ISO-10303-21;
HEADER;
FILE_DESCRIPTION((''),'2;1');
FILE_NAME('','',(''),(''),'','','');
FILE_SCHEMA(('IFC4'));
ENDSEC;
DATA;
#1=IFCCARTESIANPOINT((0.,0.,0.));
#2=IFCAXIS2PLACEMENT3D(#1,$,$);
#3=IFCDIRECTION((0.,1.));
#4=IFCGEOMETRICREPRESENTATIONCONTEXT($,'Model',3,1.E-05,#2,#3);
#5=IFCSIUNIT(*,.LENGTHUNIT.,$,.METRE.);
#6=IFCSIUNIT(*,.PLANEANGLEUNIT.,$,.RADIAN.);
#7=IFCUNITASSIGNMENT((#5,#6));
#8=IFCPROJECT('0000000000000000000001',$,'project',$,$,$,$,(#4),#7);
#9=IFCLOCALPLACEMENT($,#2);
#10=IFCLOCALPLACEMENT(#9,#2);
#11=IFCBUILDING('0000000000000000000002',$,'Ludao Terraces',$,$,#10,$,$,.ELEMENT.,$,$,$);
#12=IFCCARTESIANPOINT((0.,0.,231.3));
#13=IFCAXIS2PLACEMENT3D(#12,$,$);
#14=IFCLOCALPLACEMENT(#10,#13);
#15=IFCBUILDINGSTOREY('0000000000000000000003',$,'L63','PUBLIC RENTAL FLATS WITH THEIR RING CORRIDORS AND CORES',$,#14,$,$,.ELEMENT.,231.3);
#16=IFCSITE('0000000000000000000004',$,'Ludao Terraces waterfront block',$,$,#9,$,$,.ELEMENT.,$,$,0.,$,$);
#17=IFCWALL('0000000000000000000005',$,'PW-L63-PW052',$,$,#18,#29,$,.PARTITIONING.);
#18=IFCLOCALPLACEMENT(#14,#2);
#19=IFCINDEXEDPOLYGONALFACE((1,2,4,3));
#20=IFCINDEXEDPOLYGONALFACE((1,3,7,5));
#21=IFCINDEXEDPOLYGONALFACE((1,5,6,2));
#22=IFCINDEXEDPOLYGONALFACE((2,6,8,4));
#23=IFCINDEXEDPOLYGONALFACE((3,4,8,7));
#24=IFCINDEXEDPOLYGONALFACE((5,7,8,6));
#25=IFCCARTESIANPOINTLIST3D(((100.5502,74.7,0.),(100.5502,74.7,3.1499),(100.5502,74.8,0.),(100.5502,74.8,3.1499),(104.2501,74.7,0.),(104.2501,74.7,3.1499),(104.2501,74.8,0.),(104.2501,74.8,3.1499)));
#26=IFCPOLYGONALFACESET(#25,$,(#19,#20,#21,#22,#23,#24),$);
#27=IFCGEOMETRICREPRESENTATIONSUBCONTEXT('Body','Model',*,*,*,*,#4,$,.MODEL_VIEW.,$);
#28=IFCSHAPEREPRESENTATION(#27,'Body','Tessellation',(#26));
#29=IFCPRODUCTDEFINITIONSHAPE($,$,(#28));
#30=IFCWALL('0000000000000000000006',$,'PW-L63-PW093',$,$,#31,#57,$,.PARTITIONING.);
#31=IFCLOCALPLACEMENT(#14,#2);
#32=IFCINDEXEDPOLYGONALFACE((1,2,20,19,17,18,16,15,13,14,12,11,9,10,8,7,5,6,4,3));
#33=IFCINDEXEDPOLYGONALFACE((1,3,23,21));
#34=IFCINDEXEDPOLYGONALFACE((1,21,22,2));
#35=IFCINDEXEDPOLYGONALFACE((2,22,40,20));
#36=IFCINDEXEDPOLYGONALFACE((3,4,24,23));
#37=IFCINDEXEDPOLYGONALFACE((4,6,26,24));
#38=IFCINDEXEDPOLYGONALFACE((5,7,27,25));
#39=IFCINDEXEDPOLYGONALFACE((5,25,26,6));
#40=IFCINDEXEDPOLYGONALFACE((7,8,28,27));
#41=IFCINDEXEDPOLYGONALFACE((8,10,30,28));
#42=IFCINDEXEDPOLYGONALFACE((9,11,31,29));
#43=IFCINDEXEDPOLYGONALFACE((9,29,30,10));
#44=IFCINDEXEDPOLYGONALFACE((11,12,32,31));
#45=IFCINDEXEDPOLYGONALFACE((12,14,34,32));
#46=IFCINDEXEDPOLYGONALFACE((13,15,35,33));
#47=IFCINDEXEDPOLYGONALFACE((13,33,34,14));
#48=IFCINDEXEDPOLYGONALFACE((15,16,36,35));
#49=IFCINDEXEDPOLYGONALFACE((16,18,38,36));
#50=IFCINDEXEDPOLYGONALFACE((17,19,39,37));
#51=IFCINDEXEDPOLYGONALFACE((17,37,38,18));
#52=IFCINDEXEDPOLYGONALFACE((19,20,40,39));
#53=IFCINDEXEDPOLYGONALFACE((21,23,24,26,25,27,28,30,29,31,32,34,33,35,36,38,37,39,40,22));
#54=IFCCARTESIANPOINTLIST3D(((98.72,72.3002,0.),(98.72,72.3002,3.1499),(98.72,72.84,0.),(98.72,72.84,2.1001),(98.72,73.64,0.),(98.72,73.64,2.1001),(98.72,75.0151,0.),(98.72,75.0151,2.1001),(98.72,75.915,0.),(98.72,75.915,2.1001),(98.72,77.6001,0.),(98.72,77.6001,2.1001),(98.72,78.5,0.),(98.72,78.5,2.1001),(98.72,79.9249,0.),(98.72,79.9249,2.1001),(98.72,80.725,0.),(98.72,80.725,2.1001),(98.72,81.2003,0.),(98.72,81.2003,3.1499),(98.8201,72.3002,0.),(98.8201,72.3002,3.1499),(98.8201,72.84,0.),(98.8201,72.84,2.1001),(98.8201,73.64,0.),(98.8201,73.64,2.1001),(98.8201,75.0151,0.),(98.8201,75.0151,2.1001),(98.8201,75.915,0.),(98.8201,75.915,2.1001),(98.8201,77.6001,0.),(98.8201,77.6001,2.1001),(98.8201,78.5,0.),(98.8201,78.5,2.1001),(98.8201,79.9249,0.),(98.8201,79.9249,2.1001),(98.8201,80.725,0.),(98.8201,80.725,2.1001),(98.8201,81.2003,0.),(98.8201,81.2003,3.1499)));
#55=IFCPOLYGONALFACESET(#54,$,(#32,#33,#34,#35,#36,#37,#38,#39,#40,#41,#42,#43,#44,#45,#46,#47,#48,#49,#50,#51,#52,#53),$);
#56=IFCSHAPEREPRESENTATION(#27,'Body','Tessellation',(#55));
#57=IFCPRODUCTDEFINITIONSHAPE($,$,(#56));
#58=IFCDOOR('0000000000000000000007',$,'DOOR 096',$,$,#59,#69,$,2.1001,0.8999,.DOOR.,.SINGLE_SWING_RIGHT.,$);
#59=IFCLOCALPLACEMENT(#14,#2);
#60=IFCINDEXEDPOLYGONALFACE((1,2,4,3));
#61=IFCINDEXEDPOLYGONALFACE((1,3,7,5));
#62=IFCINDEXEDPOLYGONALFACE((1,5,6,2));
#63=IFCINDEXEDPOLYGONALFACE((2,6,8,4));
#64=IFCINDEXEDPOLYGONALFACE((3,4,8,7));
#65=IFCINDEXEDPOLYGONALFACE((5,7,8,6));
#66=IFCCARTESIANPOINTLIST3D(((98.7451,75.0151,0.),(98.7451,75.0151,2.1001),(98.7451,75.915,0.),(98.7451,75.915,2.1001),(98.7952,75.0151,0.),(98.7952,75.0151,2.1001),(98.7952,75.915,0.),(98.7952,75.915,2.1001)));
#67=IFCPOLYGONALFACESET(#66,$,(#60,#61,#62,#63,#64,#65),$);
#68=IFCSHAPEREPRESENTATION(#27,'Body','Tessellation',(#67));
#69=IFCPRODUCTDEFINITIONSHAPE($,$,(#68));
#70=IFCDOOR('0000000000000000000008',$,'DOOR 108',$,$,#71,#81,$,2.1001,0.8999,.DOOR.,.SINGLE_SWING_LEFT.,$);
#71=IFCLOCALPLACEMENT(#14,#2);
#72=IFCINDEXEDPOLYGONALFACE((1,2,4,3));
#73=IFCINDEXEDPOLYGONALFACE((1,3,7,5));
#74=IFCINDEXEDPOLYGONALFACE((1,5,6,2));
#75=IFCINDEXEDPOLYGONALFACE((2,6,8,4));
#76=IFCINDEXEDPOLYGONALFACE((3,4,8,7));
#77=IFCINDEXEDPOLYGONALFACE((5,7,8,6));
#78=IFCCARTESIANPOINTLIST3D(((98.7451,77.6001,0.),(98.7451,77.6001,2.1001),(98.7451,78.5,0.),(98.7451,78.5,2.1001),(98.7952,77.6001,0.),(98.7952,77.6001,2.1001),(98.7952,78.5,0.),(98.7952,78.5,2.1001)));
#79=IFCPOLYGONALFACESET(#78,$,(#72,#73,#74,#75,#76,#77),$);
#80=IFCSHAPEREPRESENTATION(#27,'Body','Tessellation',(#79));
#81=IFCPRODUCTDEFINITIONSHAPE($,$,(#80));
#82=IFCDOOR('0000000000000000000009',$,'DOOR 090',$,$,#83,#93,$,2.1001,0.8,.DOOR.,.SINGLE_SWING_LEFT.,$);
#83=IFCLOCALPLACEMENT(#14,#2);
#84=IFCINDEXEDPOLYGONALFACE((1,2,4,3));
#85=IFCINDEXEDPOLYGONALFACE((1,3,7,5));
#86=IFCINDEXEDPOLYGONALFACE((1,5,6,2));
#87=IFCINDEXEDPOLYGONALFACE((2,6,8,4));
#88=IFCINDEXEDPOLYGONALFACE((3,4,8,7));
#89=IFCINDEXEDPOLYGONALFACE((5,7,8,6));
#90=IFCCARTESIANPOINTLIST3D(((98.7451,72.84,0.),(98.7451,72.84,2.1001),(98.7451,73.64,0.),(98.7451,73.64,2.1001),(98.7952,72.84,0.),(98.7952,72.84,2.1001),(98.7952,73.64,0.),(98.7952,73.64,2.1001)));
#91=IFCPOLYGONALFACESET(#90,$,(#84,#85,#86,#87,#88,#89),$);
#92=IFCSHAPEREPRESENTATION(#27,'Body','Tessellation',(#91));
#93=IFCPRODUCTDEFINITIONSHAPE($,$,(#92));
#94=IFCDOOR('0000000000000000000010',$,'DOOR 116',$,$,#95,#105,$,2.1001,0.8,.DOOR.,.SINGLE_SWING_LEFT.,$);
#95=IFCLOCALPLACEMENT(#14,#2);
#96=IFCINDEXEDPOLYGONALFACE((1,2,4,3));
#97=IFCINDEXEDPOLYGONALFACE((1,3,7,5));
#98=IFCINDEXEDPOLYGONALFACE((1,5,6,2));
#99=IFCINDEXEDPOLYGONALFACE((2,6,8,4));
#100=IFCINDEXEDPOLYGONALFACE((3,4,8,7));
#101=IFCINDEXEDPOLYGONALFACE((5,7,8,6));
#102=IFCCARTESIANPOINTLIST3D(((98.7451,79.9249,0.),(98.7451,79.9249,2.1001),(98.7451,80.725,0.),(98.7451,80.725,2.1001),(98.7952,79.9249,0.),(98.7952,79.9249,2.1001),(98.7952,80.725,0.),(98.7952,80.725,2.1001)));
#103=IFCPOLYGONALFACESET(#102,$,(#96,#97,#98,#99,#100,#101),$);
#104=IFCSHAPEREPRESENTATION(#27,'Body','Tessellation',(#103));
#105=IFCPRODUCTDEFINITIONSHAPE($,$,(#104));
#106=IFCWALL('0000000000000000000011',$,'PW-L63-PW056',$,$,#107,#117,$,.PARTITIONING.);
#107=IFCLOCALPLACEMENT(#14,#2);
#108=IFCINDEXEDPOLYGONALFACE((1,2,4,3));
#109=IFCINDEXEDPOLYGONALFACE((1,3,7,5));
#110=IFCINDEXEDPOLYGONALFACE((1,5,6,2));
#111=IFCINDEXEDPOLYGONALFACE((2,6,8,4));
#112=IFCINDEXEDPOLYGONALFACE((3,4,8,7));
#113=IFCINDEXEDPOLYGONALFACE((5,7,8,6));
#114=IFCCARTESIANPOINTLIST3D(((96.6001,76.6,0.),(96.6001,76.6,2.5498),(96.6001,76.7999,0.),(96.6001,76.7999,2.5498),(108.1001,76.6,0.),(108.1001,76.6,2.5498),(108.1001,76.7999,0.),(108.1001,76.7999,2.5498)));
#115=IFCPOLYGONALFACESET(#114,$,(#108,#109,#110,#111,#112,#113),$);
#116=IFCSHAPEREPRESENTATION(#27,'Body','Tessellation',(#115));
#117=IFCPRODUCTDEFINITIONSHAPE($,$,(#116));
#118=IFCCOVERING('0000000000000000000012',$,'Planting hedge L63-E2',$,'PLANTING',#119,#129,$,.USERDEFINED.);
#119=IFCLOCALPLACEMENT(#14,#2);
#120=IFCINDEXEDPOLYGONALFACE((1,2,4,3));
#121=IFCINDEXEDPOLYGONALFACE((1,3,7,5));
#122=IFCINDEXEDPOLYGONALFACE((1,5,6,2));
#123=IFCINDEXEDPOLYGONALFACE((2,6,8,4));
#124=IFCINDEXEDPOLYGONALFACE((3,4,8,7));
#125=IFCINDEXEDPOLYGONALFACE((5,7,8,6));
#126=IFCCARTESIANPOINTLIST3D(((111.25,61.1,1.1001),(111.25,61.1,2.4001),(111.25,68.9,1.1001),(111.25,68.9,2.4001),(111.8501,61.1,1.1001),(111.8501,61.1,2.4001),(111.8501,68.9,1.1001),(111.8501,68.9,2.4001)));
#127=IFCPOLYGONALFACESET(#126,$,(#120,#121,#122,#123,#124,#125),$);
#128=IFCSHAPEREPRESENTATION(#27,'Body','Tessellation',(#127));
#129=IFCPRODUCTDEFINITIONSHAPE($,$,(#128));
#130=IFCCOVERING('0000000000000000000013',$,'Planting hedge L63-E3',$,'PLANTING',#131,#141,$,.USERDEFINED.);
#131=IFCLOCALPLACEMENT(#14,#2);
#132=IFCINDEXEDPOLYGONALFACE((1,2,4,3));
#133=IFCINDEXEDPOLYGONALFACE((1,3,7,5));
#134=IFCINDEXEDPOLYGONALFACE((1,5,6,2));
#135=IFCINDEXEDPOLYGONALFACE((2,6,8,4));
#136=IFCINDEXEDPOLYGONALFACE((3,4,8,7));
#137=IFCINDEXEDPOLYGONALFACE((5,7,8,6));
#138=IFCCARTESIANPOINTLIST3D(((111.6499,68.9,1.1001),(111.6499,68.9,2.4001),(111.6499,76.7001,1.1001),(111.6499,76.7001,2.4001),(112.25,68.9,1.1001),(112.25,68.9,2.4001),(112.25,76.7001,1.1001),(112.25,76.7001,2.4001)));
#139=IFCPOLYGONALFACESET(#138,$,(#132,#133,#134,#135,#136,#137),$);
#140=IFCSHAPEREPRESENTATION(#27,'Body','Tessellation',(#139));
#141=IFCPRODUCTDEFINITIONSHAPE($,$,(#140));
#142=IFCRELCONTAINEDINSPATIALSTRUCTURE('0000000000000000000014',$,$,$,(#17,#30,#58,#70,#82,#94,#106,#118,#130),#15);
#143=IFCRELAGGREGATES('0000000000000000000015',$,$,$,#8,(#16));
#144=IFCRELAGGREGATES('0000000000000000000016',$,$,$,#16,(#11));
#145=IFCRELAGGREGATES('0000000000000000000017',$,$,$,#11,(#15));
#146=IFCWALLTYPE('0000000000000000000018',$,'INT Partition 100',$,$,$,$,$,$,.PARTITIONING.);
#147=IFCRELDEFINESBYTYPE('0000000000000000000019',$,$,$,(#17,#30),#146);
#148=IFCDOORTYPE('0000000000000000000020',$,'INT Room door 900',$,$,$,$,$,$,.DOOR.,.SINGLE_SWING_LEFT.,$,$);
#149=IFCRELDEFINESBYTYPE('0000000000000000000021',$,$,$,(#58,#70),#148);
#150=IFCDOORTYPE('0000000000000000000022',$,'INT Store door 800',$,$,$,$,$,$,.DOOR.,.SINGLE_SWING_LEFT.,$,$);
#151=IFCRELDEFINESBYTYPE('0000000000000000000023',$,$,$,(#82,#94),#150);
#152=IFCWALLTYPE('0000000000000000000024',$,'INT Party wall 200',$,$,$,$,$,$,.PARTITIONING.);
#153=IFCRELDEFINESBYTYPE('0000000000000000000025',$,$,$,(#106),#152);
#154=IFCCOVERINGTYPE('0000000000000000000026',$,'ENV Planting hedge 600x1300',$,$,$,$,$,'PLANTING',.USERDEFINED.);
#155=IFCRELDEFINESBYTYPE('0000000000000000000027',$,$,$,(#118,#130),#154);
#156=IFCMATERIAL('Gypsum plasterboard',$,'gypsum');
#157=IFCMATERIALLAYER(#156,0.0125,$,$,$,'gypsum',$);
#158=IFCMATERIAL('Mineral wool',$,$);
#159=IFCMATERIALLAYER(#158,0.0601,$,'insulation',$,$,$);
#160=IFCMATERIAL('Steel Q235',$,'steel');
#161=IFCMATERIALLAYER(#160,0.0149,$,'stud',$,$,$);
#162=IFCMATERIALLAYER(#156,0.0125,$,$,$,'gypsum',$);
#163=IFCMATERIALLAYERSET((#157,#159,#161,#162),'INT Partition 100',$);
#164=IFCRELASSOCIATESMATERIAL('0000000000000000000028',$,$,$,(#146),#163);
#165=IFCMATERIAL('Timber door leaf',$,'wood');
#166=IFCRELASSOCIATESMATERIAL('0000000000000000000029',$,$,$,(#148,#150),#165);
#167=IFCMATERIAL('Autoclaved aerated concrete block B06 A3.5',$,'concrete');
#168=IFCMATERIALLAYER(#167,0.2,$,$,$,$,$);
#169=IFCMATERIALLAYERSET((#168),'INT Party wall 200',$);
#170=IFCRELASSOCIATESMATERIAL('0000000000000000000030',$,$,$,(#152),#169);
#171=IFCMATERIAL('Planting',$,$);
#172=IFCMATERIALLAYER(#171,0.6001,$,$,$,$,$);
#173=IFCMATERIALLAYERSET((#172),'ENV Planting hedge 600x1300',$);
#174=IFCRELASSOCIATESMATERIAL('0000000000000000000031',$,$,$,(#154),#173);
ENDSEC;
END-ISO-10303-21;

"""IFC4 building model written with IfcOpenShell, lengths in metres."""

from ifc_helpers import new_model, si_unit, direction, frame, frame_2d, origin, origin_2d, place, context, subcontext, project, spatial, rectangle, extrude, material, layer, layer_set, type_object, element, fill, save


model = new_model("IFC4")

# Units and contexts
model_context = context("Model", 3, precision=1e-05, world=origin(), true_north=direction((0.0, 1.0)))
body_context = subcontext(model_context, "Body", "Model", "MODEL_VIEW")
ifc_project = project(units=[si_unit("LENGTHUNIT", "METRE"), si_unit("PLANEANGLEUNIT", "RADIAN")], contexts=[model_context])

# Site, building, storey
site_placement = place(None, origin())
site = spatial("IfcSite", under=ifc_project, at=site_placement, Name="Ludao Terraces waterfront block", CompositionType="ELEMENT", RefElevation=0.0)
building_placement = place(site_placement, origin())
building = spatial("IfcBuilding", under=site, at=building_placement, Name="Ludao Terraces", CompositionType="ELEMENT")
storey_placement = place(building_placement, frame((0.0, 0.0, 231.3)))
storey = spatial("IfcBuildingStorey", under=building, at=storey_placement, Name="L63", Description="PUBLIC RENTAL FLATS WITH THEIR RING CORRIDORS AND CORES", CompositionType="ELEMENT", Elevation=231.3)

# Shared definitions
ifc_material_1 = material(Name="Mineral wool")

# Wall
ifc_material_2 = material(Name="Gypsum plasterboard", Category="gypsum")
ifc_layer_1 = layer(ifc_material_2, 0.0125, Category="gypsum")
ifc_layer_2 = layer(ifc_material_1, 0.0601, Name="insulation")
ifc_material_3 = material(Name="Steel Q235", Category="steel")
ifc_layer_3 = layer(ifc_material_3, 0.0149, Name="stud")
ifc_layer_4 = layer(ifc_material_2, 0.0125, Category="gypsum")
ifc_layer_set_1 = layer_set([ifc_layer_1, ifc_layer_2, ifc_layer_3, ifc_layer_4], Name="INT Partition 100")
wall_type_1 = type_object("IfcWallType", Name="INT Partition 100", PredefinedType="PARTITIONING", material=ifc_layer_set_1)
wall_1_placement = place(storey_placement, frame((100.55, 74.75, 0.0), z_axis=(0.0, 0.0, 1.0), x_axis=(1.0, 0.0, 0.0)))
element("IfcWall", 1, at=wall_1_placement, inside=storey, type_object=wall_type_1, Name="PW-L63-PW052", PredefinedType="PARTITIONING", context=body_context, shape_type="SweptSolid", body=[
    extrude(rectangle(XDim=3.7, YDim=0.1001, at=frame_2d((1.8501, 0.0))), origin(), (0.0, 0.0, 1.0), 3.1499),
])

# Wall, openings, doors
wall_2_placement = place(storey_placement, frame((98.77, 72.3, 0.0), z_axis=(0.0, 0.0, 1.0), x_axis=(0.0, 1.0, 0.0)))
wall_2 = element("IfcWall", 2, at=wall_2_placement, inside=storey, type_object=wall_type_1, Name="PW-L63-PW093", PredefinedType="PARTITIONING", context=body_context, shape_type="SweptSolid", body=[
    extrude(rectangle(XDim=8.9001, YDim=0.1001, at=frame_2d((4.4502, 0.0))), origin(), (0.0, 0.0, 1.0), 3.1499),
])
opening_1_placement = place(wall_2_placement, frame((0.54, 0.0, 0.0)))
opening_1 = element("IfcOpeningElement", 3, at=opening_1_placement, cuts=wall_2, PredefinedType="OPENING", context=body_context, shape_type="SweptSolid", body=[
    extrude(rectangle(XDim=0.8, YDim=2.1001, at=frame_2d((0.3999, 1.05))), frame((0.0, 0.0601, 0.0), z_axis=(0.0, -1.0, 0.0), x_axis=(1.0, 0.0, 0.0)), (0.0, 0.0, 1.0), 0.1201),
])
opening_2_placement = place(wall_2_placement, frame((2.7151, 0.0, 0.0)))
opening_2 = element("IfcOpeningElement", 4, at=opening_2_placement, cuts=wall_2, PredefinedType="OPENING", context=body_context, shape_type="SweptSolid", body=[
    extrude(rectangle(XDim=0.8999, YDim=2.1001, at=frame_2d((0.45, 1.05))), frame((0.0, 0.0601, 0.0), z_axis=(0.0, -1.0, 0.0), x_axis=(1.0, 0.0, 0.0)), (0.0, 0.0, 1.0), 0.1201),
])
opening_3_placement = place(wall_2_placement, frame((5.3, 0.0, 0.0)))
opening_3 = element("IfcOpeningElement", 5, at=opening_3_placement, cuts=wall_2, PredefinedType="OPENING", context=body_context, shape_type="SweptSolid", body=[
    extrude(rectangle(XDim=0.8999, YDim=2.1001, at=frame_2d((0.45, 1.05))), frame((0.0, 0.0601, 0.0), z_axis=(0.0, -1.0, 0.0), x_axis=(1.0, 0.0, 0.0)), (0.0, 0.0, 1.0), 0.1201),
])
opening_4_placement = place(wall_2_placement, frame((7.625, 0.0, 0.0)))
opening_4 = element("IfcOpeningElement", 6, at=opening_4_placement, cuts=wall_2, PredefinedType="OPENING", context=body_context, shape_type="SweptSolid", body=[
    extrude(rectangle(XDim=0.8, YDim=2.1001, at=frame_2d((0.3999, 1.05))), frame((0.0, 0.0601, 0.0), z_axis=(0.0, -1.0, 0.0), x_axis=(1.0, 0.0, 0.0)), (0.0, 0.0, 1.0), 0.1201),
])
ifc_material_4 = material(Name="Timber door leaf", Category="wood")
door_type_1 = type_object("IfcDoorType", Name="INT Room door 900", OperationType="SINGLE_SWING_LEFT", PredefinedType="DOOR", material=ifc_material_4)
door_1_placement = place(opening_2_placement, origin())
door_1 = element("IfcDoor", 7, at=door_1_placement, inside=storey, type_object=door_type_1, Name="DOOR 096", OperationType="SINGLE_SWING_RIGHT", OverallHeight=2.1001, OverallWidth=0.8999, PredefinedType="DOOR", context=body_context, shape_type="SweptSolid", body=[
    extrude(rectangle(XDim=0.8999, YDim=2.1001, at=frame_2d((0.45, 1.05))), frame((0.0, 0.0249, 0.0), z_axis=(0.0, -1.0, 0.0), x_axis=(1.0, 0.0, 0.0)), (0.0, 0.0, 1.0), 0.05),
])
fill(opening_2, door_1)
door_2_placement = place(opening_3_placement, origin())
door_2 = element("IfcDoor", 8, at=door_2_placement, inside=storey, type_object=door_type_1, Name="DOOR 108", OperationType="SINGLE_SWING_LEFT", OverallHeight=2.1001, OverallWidth=0.8999, PredefinedType="DOOR", context=body_context, shape_type="SweptSolid", body=[
    extrude(rectangle(XDim=0.8999, YDim=2.1001, at=frame_2d((0.45, 1.05))), frame((0.0, 0.0249, 0.0), z_axis=(0.0, -1.0, 0.0), x_axis=(1.0, 0.0, 0.0)), (0.0, 0.0, 1.0), 0.05),
])
fill(opening_3, door_2)
door_type_2 = type_object("IfcDoorType", Name="INT Store door 800", OperationType="SINGLE_SWING_LEFT", PredefinedType="DOOR", material=ifc_material_4)
door_3_placement = place(opening_1_placement, origin())
door_3 = element("IfcDoor", 9, at=door_3_placement, inside=storey, type_object=door_type_2, Name="DOOR 090", OperationType="SINGLE_SWING_LEFT", OverallHeight=2.1001, OverallWidth=0.8, PredefinedType="DOOR", context=body_context, shape_type="SweptSolid", body=[
    extrude(rectangle(XDim=0.8, YDim=2.1001, at=frame_2d((0.3999, 1.05))), frame((0.0, 0.0249, 0.0), z_axis=(0.0, -1.0, 0.0), x_axis=(1.0, 0.0, 0.0)), (0.0, 0.0, 1.0), 0.05),
])
fill(opening_1, door_3)
door_4_placement = place(opening_4_placement, origin())
door_4 = element("IfcDoor", 10, at=door_4_placement, inside=storey, type_object=door_type_2, Name="DOOR 116", OperationType="SINGLE_SWING_LEFT", OverallHeight=2.1001, OverallWidth=0.8, PredefinedType="DOOR", context=body_context, shape_type="SweptSolid", body=[
    extrude(rectangle(XDim=0.8, YDim=2.1001, at=frame_2d((0.3999, 1.05))), frame((0.0, 0.0249, 0.0), z_axis=(0.0, -1.0, 0.0), x_axis=(1.0, 0.0, 0.0)), (0.0, 0.0, 1.0), 0.05),
])
fill(opening_4, door_4)

# Wall
ifc_material_5 = material(Name="Autoclaved aerated concrete block B06 A3.5", Category="concrete")
ifc_layer_5 = layer(ifc_material_5, 0.2)
ifc_layer_set_2 = layer_set([ifc_layer_5], Name="INT Party wall 200")
wall_type_2 = type_object("IfcWallType", Name="INT Party wall 200", PredefinedType="PARTITIONING", material=ifc_layer_set_2)
wall_3_placement = place(storey_placement, frame((96.6001, 76.7, 0.0), z_axis=(0.0, 0.0, 1.0), x_axis=(1.0, 0.0, 0.0)))
element("IfcWall", 11, at=wall_3_placement, inside=storey, type_object=wall_type_2, Name="PW-L63-PW056", PredefinedType="PARTITIONING", context=body_context, shape_type="SweptSolid", body=[
    extrude(rectangle(XDim=11.5, YDim=0.2, at=frame_2d((5.75, 0.0))), origin(), (0.0, 0.0, 1.0), 2.5498),
])

# Coverings
ifc_material_6 = material(Name="Planting")
ifc_layer_6 = layer(ifc_material_6, 0.6001)
ifc_layer_set_3 = layer_set([ifc_layer_6], Name="ENV Planting hedge 600x1300")
covering_type = type_object("IfcCoveringType", Name="ENV Planting hedge 600x1300", ElementType="PLANTING", PredefinedType="USERDEFINED", material=ifc_layer_set_3)
for number, where, z_axis, x_axis, name in (
    (12, (111.55, 65.0, 1.1001), (0.0, 0.0, 1.0), (1.0, 0.0, 0.0), "Planting hedge L63-E2"),
    (13, (111.95, 72.8, 1.1001), (0.0, 0.0, 1.0), (1.0, 0.0, 0.0), "Planting hedge L63-E3"),
):
    element("IfcCovering", number, at=place(storey_placement, frame(where, z_axis=z_axis, x_axis=x_axis)), inside=storey, type_object=covering_type, Name=name, ObjectType="PLANTING", PredefinedType="USERDEFINED", context=body_context, shape_type="SweptSolid", body=[
        extrude(rectangle(XDim=0.6001, YDim=7.8, at=origin_2d()), origin(), (0.0, 0.0, 1.0), 1.3),
    ])

save(model, "model.ifc")
